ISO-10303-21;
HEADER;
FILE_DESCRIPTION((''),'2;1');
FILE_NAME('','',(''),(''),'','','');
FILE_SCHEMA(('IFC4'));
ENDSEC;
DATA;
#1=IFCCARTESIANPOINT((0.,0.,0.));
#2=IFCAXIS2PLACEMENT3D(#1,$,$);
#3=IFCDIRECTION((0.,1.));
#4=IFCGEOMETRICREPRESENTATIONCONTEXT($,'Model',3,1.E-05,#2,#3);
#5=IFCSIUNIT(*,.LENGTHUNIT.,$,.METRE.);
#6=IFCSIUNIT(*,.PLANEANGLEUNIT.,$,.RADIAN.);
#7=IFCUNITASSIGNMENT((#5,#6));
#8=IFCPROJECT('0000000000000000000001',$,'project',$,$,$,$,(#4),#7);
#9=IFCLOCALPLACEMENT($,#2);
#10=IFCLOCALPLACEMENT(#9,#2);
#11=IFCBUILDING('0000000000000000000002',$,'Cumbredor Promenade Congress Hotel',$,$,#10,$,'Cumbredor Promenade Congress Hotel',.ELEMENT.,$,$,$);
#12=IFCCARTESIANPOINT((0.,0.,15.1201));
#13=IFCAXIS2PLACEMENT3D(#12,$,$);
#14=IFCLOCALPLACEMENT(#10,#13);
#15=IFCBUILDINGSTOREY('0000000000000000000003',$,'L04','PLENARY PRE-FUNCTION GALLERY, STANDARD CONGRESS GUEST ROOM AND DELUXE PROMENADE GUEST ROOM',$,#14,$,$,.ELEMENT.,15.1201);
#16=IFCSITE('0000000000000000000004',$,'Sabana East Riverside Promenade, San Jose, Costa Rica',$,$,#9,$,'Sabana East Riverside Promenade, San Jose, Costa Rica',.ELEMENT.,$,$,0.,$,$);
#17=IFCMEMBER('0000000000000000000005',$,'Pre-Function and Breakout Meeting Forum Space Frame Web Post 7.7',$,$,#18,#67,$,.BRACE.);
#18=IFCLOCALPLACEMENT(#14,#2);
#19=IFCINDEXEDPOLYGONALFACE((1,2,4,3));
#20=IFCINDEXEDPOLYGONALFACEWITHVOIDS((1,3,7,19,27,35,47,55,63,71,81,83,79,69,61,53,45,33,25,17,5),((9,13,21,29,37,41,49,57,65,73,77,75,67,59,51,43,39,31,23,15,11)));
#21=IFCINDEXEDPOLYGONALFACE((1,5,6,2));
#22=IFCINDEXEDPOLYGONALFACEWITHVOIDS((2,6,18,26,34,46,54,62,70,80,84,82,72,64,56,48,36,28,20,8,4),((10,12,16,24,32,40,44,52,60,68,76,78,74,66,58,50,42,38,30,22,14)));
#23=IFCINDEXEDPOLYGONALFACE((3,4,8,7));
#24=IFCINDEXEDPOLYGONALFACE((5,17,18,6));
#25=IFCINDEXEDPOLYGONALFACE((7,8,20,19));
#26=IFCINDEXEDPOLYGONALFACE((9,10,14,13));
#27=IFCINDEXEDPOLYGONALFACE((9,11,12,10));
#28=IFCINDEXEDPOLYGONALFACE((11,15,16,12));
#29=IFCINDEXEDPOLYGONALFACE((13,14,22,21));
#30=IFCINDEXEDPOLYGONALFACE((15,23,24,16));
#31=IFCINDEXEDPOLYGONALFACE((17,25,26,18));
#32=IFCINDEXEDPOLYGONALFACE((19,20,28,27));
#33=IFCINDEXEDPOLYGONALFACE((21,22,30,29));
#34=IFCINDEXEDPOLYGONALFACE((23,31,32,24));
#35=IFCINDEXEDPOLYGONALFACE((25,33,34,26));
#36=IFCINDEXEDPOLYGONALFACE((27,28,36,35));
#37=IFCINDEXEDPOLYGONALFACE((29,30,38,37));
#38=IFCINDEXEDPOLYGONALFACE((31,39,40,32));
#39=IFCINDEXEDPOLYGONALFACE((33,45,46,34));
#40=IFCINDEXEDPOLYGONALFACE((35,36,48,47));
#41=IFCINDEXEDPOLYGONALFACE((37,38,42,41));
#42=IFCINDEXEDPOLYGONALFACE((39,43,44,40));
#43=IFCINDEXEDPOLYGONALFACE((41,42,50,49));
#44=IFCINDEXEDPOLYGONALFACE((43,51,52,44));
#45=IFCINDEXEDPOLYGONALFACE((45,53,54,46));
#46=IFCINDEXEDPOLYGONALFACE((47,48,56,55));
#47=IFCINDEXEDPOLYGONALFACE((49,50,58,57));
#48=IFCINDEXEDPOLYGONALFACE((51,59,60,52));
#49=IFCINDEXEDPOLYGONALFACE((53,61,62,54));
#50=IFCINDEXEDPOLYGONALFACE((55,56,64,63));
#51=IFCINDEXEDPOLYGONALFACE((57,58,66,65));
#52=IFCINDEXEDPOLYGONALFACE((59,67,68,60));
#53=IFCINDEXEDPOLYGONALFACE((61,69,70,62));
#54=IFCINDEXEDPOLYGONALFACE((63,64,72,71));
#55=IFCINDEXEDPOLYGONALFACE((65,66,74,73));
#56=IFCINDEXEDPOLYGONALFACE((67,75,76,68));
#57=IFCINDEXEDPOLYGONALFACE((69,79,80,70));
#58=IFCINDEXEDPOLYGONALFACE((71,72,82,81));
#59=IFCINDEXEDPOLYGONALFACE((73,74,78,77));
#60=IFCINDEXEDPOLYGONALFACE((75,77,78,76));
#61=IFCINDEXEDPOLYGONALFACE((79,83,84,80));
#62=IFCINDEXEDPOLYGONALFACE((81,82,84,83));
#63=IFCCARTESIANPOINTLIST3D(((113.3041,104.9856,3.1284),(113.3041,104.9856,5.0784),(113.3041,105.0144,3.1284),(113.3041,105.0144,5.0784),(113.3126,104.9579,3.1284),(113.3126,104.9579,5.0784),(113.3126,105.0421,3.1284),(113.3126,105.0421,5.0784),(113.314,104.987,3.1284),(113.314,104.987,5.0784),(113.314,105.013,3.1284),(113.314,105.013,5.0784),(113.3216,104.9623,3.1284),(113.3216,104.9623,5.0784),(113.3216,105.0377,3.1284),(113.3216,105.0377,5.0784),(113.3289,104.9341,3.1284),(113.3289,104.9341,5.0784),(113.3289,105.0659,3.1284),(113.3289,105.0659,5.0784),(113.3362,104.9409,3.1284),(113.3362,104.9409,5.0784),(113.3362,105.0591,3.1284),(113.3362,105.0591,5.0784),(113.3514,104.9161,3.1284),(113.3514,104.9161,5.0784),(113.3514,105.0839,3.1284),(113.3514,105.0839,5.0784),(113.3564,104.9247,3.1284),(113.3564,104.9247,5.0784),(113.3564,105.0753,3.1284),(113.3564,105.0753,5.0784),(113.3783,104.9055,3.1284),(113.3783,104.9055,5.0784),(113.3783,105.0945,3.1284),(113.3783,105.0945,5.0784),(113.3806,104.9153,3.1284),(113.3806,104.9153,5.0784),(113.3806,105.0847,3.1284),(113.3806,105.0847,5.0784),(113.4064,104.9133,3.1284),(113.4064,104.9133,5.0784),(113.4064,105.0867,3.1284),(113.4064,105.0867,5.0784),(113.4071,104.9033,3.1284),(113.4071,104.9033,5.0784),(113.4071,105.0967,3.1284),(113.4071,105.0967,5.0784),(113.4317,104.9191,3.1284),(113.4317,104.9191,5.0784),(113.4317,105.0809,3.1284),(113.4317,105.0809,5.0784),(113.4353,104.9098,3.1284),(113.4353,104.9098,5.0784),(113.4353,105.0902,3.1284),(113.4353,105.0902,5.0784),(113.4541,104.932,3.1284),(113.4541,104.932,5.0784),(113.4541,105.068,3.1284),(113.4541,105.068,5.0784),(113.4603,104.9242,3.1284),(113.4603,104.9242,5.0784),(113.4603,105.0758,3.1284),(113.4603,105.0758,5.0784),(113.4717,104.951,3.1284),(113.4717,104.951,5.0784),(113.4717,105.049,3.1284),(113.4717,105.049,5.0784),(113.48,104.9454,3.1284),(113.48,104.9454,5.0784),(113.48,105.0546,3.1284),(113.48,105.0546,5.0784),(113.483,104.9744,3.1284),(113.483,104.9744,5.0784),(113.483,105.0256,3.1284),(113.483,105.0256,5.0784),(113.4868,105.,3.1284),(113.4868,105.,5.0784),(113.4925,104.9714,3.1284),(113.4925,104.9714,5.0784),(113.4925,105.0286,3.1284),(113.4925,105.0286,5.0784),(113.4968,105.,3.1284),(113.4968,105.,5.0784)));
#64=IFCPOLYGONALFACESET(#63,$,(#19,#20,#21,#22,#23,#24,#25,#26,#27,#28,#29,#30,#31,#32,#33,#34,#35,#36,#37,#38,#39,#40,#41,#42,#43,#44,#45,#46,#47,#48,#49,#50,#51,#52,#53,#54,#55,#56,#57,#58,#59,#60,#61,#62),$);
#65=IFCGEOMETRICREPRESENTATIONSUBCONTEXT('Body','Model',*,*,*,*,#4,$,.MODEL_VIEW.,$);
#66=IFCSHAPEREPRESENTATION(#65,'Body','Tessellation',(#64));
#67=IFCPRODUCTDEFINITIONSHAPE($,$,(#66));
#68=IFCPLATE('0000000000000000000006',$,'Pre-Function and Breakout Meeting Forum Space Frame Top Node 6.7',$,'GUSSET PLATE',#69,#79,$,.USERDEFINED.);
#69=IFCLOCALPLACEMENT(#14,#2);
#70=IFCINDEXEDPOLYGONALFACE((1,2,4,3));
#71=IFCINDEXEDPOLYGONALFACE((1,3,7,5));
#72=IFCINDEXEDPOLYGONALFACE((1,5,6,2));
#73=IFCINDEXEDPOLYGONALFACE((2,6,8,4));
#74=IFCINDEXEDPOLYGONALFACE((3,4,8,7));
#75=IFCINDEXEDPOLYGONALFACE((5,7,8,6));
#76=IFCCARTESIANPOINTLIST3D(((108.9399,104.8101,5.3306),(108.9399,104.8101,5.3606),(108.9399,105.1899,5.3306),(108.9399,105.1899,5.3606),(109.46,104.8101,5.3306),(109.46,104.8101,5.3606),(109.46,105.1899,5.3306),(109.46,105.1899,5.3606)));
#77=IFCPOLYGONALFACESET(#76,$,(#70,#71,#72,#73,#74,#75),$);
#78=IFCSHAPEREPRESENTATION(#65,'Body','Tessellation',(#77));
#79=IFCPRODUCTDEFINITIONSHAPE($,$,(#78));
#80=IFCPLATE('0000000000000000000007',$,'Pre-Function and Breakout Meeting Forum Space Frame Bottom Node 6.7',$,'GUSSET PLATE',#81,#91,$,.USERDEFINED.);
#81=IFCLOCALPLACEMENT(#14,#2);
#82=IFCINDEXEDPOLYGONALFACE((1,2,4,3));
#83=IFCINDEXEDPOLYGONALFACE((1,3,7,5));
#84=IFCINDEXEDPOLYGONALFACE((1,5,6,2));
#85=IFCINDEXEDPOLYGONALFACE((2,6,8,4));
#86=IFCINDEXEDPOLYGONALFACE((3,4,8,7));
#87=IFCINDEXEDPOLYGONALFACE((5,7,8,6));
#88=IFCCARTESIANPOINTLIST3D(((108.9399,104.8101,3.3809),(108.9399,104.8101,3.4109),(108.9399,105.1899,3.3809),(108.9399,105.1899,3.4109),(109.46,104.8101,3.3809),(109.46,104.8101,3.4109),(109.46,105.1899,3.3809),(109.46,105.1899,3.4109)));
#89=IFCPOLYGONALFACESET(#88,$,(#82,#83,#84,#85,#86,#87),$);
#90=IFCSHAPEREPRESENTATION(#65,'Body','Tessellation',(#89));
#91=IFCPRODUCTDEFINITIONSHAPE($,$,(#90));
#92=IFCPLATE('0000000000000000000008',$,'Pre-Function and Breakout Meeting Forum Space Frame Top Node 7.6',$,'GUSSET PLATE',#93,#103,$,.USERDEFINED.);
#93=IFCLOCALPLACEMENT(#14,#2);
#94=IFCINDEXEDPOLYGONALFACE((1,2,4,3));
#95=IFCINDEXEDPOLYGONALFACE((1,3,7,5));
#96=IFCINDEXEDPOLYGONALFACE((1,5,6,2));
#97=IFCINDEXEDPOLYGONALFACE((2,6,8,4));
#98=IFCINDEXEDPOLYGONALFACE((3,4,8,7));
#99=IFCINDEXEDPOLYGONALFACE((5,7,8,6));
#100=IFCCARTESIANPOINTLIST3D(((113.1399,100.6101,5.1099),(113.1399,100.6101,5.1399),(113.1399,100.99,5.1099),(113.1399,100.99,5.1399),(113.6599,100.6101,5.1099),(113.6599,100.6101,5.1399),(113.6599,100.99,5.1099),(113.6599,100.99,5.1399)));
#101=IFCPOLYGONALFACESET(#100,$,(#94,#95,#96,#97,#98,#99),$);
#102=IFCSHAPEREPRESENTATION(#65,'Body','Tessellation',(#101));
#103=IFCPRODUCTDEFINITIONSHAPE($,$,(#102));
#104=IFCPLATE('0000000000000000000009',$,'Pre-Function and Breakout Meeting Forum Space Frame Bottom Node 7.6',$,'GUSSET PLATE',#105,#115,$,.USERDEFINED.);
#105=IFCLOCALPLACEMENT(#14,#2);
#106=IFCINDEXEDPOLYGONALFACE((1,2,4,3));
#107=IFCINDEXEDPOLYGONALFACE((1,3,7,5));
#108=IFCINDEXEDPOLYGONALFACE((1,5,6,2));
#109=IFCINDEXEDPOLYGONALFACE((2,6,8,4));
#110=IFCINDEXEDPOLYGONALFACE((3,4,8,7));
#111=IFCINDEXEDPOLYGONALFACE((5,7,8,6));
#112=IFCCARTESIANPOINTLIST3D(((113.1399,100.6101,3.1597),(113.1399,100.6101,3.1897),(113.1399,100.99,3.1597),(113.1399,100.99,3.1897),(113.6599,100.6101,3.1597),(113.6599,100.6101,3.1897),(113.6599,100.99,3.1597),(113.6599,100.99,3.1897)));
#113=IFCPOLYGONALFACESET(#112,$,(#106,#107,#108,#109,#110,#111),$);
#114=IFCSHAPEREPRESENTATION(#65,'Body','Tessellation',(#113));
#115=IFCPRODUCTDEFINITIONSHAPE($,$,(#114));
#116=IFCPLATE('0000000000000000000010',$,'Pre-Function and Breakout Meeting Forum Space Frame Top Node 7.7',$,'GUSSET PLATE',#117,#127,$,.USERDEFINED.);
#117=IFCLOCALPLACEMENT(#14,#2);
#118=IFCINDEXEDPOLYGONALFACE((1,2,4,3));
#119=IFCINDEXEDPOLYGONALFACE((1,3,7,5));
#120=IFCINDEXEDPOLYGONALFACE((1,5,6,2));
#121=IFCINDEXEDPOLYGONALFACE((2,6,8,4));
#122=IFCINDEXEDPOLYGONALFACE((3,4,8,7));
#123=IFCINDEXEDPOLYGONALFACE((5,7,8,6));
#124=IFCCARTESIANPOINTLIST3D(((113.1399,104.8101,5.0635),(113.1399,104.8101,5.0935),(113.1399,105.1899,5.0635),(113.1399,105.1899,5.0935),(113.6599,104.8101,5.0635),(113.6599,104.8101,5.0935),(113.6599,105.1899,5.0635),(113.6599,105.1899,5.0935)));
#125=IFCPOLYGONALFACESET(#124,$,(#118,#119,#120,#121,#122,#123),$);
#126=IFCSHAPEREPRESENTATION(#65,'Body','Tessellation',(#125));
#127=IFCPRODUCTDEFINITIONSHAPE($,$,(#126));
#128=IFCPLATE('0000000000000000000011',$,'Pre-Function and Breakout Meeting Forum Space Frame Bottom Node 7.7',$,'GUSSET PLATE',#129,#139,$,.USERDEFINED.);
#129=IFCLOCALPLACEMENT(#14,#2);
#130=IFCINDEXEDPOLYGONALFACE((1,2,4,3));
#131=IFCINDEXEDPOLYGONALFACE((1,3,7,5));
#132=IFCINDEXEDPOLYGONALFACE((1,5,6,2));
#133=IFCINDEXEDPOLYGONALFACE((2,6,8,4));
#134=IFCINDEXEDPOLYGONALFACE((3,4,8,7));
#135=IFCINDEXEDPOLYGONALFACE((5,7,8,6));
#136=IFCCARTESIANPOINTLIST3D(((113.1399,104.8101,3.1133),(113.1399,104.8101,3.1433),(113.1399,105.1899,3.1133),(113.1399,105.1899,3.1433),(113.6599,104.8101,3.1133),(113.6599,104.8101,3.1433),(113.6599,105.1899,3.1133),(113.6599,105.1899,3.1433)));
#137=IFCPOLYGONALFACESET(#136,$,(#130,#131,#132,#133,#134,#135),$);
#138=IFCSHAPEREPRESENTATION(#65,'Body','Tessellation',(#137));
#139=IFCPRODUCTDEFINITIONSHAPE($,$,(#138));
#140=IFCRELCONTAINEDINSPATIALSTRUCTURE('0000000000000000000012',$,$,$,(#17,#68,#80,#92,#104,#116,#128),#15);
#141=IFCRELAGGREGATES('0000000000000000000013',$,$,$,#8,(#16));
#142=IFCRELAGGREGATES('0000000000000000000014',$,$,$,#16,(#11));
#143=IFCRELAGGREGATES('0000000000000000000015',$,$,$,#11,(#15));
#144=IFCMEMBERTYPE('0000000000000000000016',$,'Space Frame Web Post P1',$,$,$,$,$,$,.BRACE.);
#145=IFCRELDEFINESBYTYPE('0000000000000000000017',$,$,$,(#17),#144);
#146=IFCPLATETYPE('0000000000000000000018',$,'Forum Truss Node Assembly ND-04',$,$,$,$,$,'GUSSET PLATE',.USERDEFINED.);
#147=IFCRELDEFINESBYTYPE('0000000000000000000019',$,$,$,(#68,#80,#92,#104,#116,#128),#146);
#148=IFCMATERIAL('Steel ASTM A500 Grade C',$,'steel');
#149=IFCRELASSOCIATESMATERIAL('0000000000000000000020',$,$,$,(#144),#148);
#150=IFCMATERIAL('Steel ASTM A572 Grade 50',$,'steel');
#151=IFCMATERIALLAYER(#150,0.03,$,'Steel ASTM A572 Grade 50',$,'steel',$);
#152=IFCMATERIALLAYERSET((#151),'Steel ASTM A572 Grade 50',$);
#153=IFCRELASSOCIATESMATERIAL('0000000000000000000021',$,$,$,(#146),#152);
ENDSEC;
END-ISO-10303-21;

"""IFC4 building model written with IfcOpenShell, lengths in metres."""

from ifc_helpers import new_model, si_unit, direction, frame, origin, origin_2d, place, context, subcontext, project, spatial, rectangle, hollow_circle, extrude, material, layer, layer_set, material_profile, profile_set, type_object, element, save


model = new_model("IFC4")

# Units and contexts
model_context = context("Model", 3, precision=1e-05, world=origin(), true_north=direction((0.0, 1.0)))
body_context = subcontext(model_context, "Body", "Model", "MODEL_VIEW")
ifc_project = project(units=[si_unit("LENGTHUNIT", "METRE"), si_unit("PLANEANGLEUNIT", "RADIAN")], contexts=[model_context])

# Site, building, storey
site_placement = place(None, origin())
site = spatial("IfcSite", under=ifc_project, at=site_placement, Name="Sabana East Riverside Promenade, San Jose, Costa Rica", LongName="Sabana East Riverside Promenade, San Jose, Costa Rica", CompositionType="ELEMENT", RefElevation=0.0)
building_placement = place(site_placement, origin())
building = spatial("IfcBuilding", under=site, at=building_placement, Name="Cumbredor Promenade Congress Hotel", LongName="Cumbredor Promenade Congress Hotel", CompositionType="ELEMENT")
storey_placement = place(building_placement, frame((0.0, 0.0, 15.1201)))
storey = spatial("IfcBuildingStorey", under=building, at=storey_placement, Name="L04", Description="PLENARY PRE-FUNCTION GALLERY, STANDARD CONGRESS GUEST ROOM AND DELUXE PROMENADE GUEST ROOM", CompositionType="ELEMENT", Elevation=15.1201)

# Member
ifc_material_1 = material(Name="Steel ASTM A500 Grade C", Category="steel")
ifc_material_profile_1 = material_profile(ifc_material_1, hollow_circle(Radius=0.0969, WallThickness=0.01, at=origin_2d()), Name="CHS 193.7x10")
ifc_profile_set_1 = profile_set([ifc_material_profile_1], Name="Steel ASTM A500 Grade C")
member_type_1 = type_object("IfcMemberType", Name="Space Frame Web Post P1", PredefinedType="BRACE", material=ifc_profile_set_1)
member_1_placement = place(storey_placement, frame((113.3999, 105.0, 3.1284), z_axis=(0.0, 0.0, 1.0), x_axis=(1.0, 0.0, 0.0)))
element("IfcMember", 1, at=member_1_placement, inside=storey, type_object=member_type_1, Name="Pre-Function and Breakout Meeting Forum Space Frame Web Post 7.7", PredefinedType="BRACE", context=body_context, shape_type="SweptSolid", body=[
    extrude(hollow_circle(Radius=0.0969, WallThickness=0.01, at=origin_2d()), origin(), (0.0, 0.0, 1.0), 1.95),
])

# Plates
ifc_material_2 = material(Name="Steel ASTM A572 Grade 50", Category="steel")
ifc_layer = layer(ifc_material_2, 0.03, Name="Steel ASTM A572 Grade 50", Category="steel")
ifc_layer_set = layer_set([ifc_layer], Name="Steel ASTM A572 Grade 50")
plate_type = type_object("IfcPlateType", Name="Forum Truss Node Assembly ND-04", ElementType="GUSSET PLATE", PredefinedType="USERDEFINED", material=ifc_layer_set)
for number, where, z_axis, x_axis, name in (
    (2, (109.2, 105.0, 5.3306), (0.0, 0.0, 1.0), (1.0, 0.0, 0.0), "Pre-Function and Breakout Meeting Forum Space Frame Top Node 6.7"),
    (3, (109.2, 105.0, 3.3809), (0.0, 0.0, 1.0), (1.0, 0.0, 0.0), "Pre-Function and Breakout Meeting Forum Space Frame Bottom Node 6.7"),
    (4, (113.3999, 100.8, 5.1099), (0.0, 0.0, 1.0), (1.0, 0.0, 0.0), "Pre-Function and Breakout Meeting Forum Space Frame Top Node 7.6"),
    (5, (113.3999, 100.8, 3.1597), (0.0, 0.0, 1.0), (1.0, 0.0, 0.0), "Pre-Function and Breakout Meeting Forum Space Frame Bottom Node 7.6"),
    (6, (113.3999, 105.0, 5.0635), (0.0, 0.0, 1.0), (1.0, 0.0, 0.0), "Pre-Function and Breakout Meeting Forum Space Frame Top Node 7.7"),
    (7, (113.3999, 105.0, 3.1133), (0.0, 0.0, 1.0), (1.0, 0.0, 0.0), "Pre-Function and Breakout Meeting Forum Space Frame Bottom Node 7.7"),
):
    element("IfcPlate", number, at=place(storey_placement, frame(where, z_axis=z_axis, x_axis=x_axis)), inside=storey, type_object=plate_type, Name=name, ObjectType="GUSSET PLATE", PredefinedType="USERDEFINED", context=body_context, shape_type="SweptSolid", body=[
        extrude(rectangle(XDim=0.52, YDim=0.3799, at=origin_2d()), origin(), (0.0, 0.0, 1.0), 0.03),
    ])

save(model, "model.ifc")
